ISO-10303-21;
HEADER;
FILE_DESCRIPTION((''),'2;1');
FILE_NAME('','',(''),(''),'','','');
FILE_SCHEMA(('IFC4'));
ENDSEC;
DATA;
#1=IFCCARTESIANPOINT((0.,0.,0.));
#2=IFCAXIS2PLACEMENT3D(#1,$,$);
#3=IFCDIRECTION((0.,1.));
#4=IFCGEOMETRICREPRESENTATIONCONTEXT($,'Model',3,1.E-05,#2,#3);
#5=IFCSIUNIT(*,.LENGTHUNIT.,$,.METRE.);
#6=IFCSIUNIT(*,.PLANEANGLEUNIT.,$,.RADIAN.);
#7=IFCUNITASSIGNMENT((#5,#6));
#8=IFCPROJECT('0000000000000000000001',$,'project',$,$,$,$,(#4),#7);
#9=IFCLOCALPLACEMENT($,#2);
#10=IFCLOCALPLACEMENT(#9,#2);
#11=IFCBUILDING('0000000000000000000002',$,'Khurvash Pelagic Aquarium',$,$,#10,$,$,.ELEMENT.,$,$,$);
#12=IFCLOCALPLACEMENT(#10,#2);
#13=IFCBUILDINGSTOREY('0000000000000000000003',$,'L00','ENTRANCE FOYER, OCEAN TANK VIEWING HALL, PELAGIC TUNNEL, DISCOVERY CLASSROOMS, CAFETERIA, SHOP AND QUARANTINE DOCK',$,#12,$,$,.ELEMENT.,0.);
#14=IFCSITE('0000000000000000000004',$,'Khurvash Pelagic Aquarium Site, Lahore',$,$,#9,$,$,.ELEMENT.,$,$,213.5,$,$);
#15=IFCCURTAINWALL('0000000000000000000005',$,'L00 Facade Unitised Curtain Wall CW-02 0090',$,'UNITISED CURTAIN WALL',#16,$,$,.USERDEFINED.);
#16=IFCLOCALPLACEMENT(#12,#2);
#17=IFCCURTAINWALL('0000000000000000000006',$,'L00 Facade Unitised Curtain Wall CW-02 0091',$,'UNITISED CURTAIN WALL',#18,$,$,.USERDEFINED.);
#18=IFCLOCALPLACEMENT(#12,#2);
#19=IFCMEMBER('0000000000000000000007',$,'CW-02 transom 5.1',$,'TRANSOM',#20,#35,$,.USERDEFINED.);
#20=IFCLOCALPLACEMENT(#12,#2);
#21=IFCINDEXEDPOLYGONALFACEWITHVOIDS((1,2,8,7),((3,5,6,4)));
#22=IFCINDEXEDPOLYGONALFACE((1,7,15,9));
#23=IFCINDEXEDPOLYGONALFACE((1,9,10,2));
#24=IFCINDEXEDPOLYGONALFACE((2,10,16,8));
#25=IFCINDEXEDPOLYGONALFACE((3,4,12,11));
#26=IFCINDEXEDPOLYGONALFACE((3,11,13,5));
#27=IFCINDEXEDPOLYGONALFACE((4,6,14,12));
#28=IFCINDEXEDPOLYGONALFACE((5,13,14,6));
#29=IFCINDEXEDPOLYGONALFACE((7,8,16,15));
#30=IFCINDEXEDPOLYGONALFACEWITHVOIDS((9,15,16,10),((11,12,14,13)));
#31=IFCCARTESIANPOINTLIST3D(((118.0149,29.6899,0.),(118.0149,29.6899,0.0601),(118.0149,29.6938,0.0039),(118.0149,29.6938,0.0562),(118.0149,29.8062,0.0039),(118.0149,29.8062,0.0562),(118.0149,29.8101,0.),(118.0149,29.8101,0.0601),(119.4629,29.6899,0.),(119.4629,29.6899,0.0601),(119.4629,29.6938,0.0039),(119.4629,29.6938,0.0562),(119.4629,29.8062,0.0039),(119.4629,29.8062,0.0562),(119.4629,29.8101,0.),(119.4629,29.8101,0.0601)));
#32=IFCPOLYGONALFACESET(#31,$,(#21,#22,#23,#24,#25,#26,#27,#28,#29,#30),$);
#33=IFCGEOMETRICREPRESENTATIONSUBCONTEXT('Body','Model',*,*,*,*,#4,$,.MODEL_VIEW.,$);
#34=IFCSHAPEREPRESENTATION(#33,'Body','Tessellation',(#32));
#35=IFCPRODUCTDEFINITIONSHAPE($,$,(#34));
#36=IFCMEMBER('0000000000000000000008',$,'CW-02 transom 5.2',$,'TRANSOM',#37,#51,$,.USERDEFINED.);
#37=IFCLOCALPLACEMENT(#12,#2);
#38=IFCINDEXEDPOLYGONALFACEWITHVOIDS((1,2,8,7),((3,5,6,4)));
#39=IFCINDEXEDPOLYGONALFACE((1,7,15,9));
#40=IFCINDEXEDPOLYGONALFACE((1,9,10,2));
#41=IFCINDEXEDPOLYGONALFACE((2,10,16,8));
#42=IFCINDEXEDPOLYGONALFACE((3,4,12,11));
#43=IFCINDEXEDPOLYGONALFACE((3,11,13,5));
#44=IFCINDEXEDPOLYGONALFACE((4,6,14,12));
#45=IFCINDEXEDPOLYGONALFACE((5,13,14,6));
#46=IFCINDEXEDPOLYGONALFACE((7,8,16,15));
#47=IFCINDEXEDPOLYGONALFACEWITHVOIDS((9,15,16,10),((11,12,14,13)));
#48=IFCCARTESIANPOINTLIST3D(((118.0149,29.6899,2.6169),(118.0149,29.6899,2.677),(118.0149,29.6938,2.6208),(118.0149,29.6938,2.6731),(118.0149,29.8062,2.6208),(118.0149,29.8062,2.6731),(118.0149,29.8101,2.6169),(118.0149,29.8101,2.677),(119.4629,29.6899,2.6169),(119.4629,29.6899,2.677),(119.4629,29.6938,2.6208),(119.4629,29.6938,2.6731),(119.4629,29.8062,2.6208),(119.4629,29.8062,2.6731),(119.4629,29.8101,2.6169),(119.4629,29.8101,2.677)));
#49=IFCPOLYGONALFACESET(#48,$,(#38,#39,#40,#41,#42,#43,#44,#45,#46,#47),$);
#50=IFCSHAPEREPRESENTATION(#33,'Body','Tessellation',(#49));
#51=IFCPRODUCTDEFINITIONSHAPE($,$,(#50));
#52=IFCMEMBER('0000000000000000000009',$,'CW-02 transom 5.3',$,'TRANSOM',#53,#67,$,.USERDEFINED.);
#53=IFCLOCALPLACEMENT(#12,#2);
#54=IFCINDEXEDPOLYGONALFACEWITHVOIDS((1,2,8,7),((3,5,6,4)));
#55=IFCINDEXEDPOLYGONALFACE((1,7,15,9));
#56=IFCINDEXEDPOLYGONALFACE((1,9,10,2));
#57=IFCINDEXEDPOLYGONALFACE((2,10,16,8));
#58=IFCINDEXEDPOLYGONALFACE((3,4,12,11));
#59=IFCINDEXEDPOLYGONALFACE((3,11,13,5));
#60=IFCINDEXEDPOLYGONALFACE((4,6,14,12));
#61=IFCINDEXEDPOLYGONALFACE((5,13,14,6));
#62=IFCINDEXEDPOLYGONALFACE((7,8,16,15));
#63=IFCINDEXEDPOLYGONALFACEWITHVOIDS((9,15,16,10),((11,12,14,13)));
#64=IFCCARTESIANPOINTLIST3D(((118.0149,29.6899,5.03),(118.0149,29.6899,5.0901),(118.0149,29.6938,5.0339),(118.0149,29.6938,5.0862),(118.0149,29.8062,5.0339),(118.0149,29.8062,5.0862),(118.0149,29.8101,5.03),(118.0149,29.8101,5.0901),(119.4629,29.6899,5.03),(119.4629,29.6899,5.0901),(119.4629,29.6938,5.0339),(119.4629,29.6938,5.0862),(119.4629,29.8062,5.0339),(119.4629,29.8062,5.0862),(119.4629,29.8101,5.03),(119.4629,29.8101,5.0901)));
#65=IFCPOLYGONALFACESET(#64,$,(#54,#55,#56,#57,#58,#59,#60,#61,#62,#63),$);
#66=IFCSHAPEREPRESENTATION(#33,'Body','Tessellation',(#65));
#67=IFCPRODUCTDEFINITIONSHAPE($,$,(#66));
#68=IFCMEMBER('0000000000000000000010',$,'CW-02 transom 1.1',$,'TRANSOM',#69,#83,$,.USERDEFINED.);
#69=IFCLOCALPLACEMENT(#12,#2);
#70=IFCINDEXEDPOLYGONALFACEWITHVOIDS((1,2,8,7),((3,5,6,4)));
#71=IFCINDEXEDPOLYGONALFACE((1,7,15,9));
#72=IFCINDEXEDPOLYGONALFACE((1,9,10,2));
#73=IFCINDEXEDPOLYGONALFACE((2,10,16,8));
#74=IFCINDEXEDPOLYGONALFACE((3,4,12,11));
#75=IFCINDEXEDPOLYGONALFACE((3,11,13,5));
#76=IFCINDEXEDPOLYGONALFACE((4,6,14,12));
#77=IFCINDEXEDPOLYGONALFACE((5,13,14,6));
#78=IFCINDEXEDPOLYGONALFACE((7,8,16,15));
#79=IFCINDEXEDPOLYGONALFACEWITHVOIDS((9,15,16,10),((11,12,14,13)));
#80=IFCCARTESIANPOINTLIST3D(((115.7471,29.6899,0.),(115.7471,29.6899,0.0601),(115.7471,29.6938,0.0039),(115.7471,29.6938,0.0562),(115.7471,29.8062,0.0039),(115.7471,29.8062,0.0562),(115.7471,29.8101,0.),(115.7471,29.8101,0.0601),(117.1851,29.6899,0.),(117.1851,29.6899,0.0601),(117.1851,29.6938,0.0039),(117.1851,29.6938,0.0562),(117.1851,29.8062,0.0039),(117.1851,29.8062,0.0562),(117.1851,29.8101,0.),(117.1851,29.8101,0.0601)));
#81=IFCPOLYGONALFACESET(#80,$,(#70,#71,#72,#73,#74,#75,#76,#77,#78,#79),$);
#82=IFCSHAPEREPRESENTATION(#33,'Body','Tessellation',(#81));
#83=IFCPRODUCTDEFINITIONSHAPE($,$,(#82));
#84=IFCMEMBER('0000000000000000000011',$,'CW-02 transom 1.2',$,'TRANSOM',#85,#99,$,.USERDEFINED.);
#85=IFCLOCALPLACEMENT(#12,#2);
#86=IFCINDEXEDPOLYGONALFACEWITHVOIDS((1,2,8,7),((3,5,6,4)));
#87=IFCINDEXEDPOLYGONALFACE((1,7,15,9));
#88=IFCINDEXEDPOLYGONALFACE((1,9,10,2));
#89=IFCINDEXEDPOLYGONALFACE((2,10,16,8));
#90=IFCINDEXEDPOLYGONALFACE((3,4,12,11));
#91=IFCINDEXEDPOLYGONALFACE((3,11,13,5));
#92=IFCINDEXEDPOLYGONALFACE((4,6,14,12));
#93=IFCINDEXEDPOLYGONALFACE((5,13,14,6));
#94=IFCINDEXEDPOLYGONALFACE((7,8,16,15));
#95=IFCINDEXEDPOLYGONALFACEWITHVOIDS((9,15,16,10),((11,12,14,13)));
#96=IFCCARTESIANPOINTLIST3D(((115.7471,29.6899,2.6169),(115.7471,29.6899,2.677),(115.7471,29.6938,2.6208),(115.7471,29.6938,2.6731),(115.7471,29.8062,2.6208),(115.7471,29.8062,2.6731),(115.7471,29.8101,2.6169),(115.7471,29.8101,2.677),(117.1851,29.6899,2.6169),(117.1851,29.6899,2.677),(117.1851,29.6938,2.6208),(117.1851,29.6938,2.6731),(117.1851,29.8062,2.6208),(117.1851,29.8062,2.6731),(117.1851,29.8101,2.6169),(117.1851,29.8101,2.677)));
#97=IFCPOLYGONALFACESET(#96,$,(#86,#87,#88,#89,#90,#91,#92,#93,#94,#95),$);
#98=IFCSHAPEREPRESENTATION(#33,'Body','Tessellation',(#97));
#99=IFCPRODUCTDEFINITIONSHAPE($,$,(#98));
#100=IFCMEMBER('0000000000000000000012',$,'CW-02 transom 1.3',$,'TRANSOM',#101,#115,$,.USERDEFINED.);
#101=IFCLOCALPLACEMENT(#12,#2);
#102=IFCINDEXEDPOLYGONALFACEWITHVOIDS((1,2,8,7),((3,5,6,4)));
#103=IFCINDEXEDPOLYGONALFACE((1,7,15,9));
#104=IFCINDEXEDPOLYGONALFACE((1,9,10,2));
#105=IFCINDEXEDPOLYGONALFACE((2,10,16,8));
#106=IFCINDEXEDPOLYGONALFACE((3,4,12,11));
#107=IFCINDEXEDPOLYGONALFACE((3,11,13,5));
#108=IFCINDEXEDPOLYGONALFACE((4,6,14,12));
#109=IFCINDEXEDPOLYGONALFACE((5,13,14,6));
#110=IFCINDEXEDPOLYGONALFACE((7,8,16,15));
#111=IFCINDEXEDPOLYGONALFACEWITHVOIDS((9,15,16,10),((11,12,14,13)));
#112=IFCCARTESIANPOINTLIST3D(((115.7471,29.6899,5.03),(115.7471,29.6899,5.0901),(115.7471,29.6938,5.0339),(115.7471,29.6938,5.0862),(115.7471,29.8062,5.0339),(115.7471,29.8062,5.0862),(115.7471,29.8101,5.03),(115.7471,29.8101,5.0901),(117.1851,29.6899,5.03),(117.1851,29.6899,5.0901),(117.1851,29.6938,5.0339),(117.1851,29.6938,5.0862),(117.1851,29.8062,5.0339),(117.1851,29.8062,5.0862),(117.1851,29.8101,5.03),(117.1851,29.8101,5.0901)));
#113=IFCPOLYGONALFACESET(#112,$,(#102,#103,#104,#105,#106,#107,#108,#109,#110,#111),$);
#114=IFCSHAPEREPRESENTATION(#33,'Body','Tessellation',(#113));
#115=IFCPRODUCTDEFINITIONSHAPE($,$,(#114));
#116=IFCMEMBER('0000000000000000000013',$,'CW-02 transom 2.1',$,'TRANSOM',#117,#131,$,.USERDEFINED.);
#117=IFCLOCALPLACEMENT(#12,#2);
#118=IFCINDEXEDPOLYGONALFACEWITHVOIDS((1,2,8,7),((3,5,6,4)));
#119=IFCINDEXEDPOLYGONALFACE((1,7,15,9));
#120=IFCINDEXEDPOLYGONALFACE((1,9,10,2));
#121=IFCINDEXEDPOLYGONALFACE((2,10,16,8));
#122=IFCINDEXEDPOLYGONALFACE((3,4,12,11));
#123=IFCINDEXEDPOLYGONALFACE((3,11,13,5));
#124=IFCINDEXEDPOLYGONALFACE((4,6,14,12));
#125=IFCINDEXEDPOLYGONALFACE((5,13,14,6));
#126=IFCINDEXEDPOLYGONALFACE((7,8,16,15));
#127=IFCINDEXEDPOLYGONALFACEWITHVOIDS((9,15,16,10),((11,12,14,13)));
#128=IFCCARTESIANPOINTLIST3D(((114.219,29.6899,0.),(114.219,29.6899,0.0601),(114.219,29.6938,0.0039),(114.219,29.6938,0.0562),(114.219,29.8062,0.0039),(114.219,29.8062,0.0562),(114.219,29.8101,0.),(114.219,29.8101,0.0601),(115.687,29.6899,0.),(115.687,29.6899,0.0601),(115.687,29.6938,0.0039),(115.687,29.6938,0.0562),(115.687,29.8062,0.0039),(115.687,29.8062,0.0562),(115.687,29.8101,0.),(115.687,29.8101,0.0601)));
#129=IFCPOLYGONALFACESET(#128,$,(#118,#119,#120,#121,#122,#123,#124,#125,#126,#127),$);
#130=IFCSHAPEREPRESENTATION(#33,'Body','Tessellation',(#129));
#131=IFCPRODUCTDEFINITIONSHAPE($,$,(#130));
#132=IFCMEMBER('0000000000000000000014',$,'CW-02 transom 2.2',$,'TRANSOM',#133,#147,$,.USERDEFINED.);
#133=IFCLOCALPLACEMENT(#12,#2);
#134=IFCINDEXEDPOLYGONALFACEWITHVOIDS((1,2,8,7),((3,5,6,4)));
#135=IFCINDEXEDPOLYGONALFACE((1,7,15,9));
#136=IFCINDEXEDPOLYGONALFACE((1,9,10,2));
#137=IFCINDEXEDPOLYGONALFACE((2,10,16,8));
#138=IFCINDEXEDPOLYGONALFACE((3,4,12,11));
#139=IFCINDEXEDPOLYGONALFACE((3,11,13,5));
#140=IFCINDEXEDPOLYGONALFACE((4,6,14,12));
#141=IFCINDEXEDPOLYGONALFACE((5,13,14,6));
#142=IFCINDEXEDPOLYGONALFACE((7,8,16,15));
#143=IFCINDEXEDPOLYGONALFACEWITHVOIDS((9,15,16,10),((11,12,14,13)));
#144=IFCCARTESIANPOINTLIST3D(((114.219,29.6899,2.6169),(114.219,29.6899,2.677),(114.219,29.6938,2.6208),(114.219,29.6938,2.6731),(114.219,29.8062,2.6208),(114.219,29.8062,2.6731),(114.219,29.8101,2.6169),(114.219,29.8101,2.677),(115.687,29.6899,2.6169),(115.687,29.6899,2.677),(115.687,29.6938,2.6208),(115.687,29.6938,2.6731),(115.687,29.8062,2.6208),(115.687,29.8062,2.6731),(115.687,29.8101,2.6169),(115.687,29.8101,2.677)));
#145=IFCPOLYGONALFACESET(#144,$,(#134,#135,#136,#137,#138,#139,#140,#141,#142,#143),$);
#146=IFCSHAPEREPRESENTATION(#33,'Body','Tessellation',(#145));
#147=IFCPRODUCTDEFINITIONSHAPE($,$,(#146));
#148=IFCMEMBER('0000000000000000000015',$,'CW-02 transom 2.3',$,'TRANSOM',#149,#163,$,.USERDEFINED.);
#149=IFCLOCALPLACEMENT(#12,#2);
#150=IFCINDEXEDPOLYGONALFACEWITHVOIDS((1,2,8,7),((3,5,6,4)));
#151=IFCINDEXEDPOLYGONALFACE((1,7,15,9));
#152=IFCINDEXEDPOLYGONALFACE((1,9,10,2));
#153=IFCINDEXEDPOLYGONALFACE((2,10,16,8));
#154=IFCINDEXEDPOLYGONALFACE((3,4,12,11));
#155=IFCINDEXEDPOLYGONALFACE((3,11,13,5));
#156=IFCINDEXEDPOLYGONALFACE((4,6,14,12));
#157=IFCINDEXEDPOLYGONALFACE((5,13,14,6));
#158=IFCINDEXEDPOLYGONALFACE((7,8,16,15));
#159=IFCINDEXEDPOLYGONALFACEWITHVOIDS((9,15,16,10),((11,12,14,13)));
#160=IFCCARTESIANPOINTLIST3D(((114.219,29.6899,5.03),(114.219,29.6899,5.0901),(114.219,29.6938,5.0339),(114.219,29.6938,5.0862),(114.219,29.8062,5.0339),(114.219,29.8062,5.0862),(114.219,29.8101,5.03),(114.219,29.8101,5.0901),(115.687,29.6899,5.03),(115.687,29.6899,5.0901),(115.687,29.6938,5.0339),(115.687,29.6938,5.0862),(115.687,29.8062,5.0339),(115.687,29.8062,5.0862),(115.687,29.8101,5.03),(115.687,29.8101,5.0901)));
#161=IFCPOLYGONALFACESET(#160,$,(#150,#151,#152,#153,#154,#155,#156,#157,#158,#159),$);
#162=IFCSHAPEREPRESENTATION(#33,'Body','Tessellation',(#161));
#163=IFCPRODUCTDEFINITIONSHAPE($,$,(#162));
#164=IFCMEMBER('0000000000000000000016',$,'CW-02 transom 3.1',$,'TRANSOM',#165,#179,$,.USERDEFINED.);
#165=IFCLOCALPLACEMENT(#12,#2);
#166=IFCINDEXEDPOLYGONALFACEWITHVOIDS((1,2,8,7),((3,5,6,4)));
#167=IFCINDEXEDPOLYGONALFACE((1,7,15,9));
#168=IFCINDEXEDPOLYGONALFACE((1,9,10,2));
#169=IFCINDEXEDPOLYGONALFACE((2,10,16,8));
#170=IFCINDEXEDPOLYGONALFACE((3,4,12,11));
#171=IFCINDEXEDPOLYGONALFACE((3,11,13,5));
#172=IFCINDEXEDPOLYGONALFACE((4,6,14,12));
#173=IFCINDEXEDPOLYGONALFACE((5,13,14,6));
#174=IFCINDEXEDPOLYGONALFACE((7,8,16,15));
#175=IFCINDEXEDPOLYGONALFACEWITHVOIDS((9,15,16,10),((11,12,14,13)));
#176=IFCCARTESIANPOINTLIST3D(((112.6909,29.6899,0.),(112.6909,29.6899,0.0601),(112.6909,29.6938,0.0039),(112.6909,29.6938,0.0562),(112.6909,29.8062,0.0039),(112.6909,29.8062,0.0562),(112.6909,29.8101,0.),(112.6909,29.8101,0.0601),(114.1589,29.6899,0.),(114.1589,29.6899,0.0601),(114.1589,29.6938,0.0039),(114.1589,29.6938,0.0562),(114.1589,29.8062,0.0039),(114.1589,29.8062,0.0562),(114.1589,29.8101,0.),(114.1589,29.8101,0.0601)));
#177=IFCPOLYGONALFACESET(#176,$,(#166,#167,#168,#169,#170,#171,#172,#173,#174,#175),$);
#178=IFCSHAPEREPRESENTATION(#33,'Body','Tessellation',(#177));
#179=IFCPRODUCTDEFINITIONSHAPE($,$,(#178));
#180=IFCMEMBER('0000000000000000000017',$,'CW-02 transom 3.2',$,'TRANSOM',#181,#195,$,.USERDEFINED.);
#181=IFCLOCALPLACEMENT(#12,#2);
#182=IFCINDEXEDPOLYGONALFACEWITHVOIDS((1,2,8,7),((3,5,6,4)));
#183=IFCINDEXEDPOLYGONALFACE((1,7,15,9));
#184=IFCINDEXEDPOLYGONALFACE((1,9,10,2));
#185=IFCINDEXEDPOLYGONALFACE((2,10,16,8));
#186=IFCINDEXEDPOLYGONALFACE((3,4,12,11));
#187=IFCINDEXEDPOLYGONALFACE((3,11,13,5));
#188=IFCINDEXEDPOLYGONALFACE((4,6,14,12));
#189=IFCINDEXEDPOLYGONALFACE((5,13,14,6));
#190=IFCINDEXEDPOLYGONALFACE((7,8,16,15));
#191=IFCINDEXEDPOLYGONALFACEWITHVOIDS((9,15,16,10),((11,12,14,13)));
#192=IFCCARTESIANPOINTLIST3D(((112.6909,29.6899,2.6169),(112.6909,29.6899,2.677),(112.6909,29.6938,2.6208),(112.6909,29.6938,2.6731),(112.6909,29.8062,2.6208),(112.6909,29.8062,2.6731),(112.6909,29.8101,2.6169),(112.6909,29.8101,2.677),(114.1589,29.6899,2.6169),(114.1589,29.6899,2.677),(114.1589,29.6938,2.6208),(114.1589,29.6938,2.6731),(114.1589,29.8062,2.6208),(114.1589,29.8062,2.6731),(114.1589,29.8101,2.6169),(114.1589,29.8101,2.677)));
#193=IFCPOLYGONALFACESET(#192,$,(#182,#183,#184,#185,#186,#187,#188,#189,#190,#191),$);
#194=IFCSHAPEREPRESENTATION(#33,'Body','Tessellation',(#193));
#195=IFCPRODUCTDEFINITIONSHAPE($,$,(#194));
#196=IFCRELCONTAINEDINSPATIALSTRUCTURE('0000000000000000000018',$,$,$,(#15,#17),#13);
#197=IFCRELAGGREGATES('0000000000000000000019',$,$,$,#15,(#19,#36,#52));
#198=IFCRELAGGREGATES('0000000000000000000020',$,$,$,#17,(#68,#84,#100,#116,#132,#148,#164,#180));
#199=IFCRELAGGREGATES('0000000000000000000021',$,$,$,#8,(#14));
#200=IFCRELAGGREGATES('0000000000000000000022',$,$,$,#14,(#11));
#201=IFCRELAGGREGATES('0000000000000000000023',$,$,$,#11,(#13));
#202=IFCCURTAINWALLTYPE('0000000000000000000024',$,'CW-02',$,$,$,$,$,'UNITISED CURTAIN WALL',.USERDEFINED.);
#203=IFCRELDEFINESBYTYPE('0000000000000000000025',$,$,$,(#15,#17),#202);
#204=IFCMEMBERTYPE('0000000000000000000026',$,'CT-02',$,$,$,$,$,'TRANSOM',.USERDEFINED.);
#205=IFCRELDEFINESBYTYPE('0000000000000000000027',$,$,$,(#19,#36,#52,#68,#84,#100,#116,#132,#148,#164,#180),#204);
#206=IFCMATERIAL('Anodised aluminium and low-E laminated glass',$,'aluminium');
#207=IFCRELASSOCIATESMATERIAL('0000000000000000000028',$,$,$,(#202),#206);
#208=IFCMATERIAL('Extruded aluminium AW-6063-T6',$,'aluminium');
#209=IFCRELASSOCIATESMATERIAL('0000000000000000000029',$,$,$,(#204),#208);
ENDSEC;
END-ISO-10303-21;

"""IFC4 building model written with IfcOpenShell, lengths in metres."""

from ifc_helpers import new_model, si_unit, direction, frame, origin, origin_2d, place, context, subcontext, project, spatial, hollow_rectangle, extrude, material, material_profile, profile_set, type_object, element, aggregate, save


model = new_model("IFC4")

# Units and contexts
model_context = context("Model", 3, precision=1e-05, world=origin(), true_north=direction((0.0, 1.0)))
body_context = subcontext(model_context, "Body", "Model", "MODEL_VIEW")
ifc_project = project(units=[si_unit("LENGTHUNIT", "METRE"), si_unit("PLANEANGLEUNIT", "RADIAN")], contexts=[model_context])

# Site, building, storey
site_placement = place(None, origin())
site = spatial("IfcSite", under=ifc_project, at=site_placement, Name="Khurvash Pelagic Aquarium Site, Lahore", CompositionType="ELEMENT", RefElevation=213.5)
building_placement = place(site_placement, origin())
building = spatial("IfcBuilding", under=site, at=building_placement, Name="Khurvash Pelagic Aquarium", CompositionType="ELEMENT")
storey_placement = place(building_placement, origin())
storey = spatial("IfcBuildingStorey", under=building, at=storey_placement, Name="L00", Description="ENTRANCE FOYER, OCEAN TANK VIEWING HALL, PELAGIC TUNNEL, DISCOVERY CLASSROOMS, CAFETERIA, SHOP AND QUARANTINE DOCK", CompositionType="ELEMENT", Elevation=0.0)

# Curtain walls
ifc_material_1 = material(Name="Anodised aluminium and low-E laminated glass", Category="aluminium")
curtain_wall_type_1 = type_object("IfcCurtainWallType", Name="CW-02", ElementType="UNITISED CURTAIN WALL", PredefinedType="USERDEFINED", material=ifc_material_1)
curtain_wall_1_placement = place(storey_placement, origin())
curtain_wall_1 = element("IfcCurtainWall", 1, at=curtain_wall_1_placement, inside=storey, type_object=curtain_wall_type_1, Name="L00 Facade Unitised Curtain Wall CW-02 0090", ObjectType="UNITISED CURTAIN WALL", PredefinedType="USERDEFINED")
ifc_material_2 = material(Name="Extruded aluminium AW-6063-T6", Category="aluminium")
curtain_wall_2_placement = place(storey_placement, origin())
curtain_wall_2 = element("IfcCurtainWall", 2, at=curtain_wall_2_placement, inside=storey, type_object=curtain_wall_type_1, Name="L00 Facade Unitised Curtain Wall CW-02 0091", ObjectType="UNITISED CURTAIN WALL", PredefinedType="USERDEFINED")

# Members
ifc_material_profile_1 = material_profile(ifc_material_2, hollow_rectangle(XDim=0.1201, YDim=0.0601, WallThickness=0.0039, at=origin_2d()), Name="CWT120X60X4")
ifc_profile_set_1 = profile_set([ifc_material_profile_1], Name="Extruded aluminium AW-6063-T6")
member_type_1 = type_object("IfcMemberType", Name="CT-02", ElementType="TRANSOM", PredefinedType="USERDEFINED", material=ifc_profile_set_1)
member_1_placement = place(storey_placement, frame((119.4629, 29.75, 0.03), z_axis=(-1.0, 0.0, 0.0), x_axis=(0.0, -1.0, 0.0)))
member_1 = element("IfcMember", 3, at=member_1_placement, type_object=member_type_1, Name="CW-02 transom 5.1", ObjectType="TRANSOM", PredefinedType="USERDEFINED", context=body_context, shape_type="SweptSolid", body=[
    extrude(hollow_rectangle(XDim=0.1201, YDim=0.0601, WallThickness=0.0039, at=origin_2d()), origin(), (0.0, 0.0, 1.0), 1.448),
])
member_2_placement = place(storey_placement, frame((119.4629, 29.75, 2.647), z_axis=(-1.0, 0.0, 0.0), x_axis=(0.0, -1.0, 0.0)))
member_2 = element("IfcMember", 4, at=member_2_placement, type_object=member_type_1, Name="CW-02 transom 5.2", ObjectType="TRANSOM", PredefinedType="USERDEFINED", context=body_context, shape_type="SweptSolid", body=[
    extrude(hollow_rectangle(XDim=0.1201, YDim=0.0601, WallThickness=0.0039, at=origin_2d()), origin(), (0.0, 0.0, 1.0), 1.448),
])
member_3_placement = place(storey_placement, frame((119.4629, 29.75, 5.0601), z_axis=(-1.0, 0.0, 0.0), x_axis=(0.0, -1.0, 0.0)))
member_3 = element("IfcMember", 5, at=member_3_placement, type_object=member_type_1, Name="CW-02 transom 5.3", ObjectType="TRANSOM", PredefinedType="USERDEFINED", context=body_context, shape_type="SweptSolid", body=[
    extrude(hollow_rectangle(XDim=0.1201, YDim=0.0601, WallThickness=0.0039, at=origin_2d()), origin(), (0.0, 0.0, 1.0), 1.448),
])
member_4_placement = place(storey_placement, frame((117.1851, 29.75, 0.03), z_axis=(-1.0, 0.0, 0.0), x_axis=(0.0, -1.0, 0.0)))
member_4 = element("IfcMember", 6, at=member_4_placement, type_object=member_type_1, Name="CW-02 transom 1.1", ObjectType="TRANSOM", PredefinedType="USERDEFINED", context=body_context, shape_type="SweptSolid", body=[
    extrude(hollow_rectangle(XDim=0.1201, YDim=0.0601, WallThickness=0.0039, at=origin_2d()), origin(), (0.0, 0.0, 1.0), 1.438),
])
member_5_placement = place(storey_placement, frame((117.1851, 29.75, 2.647), z_axis=(-1.0, 0.0, 0.0), x_axis=(0.0, -1.0, 0.0)))
member_5 = element("IfcMember", 7, at=member_5_placement, type_object=member_type_1, Name="CW-02 transom 1.2", ObjectType="TRANSOM", PredefinedType="USERDEFINED", context=body_context, shape_type="SweptSolid", body=[
    extrude(hollow_rectangle(XDim=0.1201, YDim=0.0601, WallThickness=0.0039, at=origin_2d()), origin(), (0.0, 0.0, 1.0), 1.438),
])
member_6_placement = place(storey_placement, frame((117.1851, 29.75, 5.0601), z_axis=(-1.0, 0.0, 0.0), x_axis=(0.0, -1.0, 0.0)))
member_6 = element("IfcMember", 8, at=member_6_placement, type_object=member_type_1, Name="CW-02 transom 1.3", ObjectType="TRANSOM", PredefinedType="USERDEFINED", context=body_context, shape_type="SweptSolid", body=[
    extrude(hollow_rectangle(XDim=0.1201, YDim=0.0601, WallThickness=0.0039, at=origin_2d()), origin(), (0.0, 0.0, 1.0), 1.438),
])
member_7_placement = place(storey_placement, frame((115.687, 29.75, 0.03), z_axis=(-1.0, 0.0, 0.0), x_axis=(0.0, -1.0, 0.0)))
member_7 = element("IfcMember", 9, at=member_7_placement, type_object=member_type_1, Name="CW-02 transom 2.1", ObjectType="TRANSOM", PredefinedType="USERDEFINED", context=body_context, shape_type="SweptSolid", body=[
    extrude(hollow_rectangle(XDim=0.1201, YDim=0.0601, WallThickness=0.0039, at=origin_2d()), origin(), (0.0, 0.0, 1.0), 1.468),
])
member_8_placement = place(storey_placement, frame((115.687, 29.75, 2.647), z_axis=(-1.0, 0.0, 0.0), x_axis=(0.0, -1.0, 0.0)))
member_8 = element("IfcMember", 10, at=member_8_placement, type_object=member_type_1, Name="CW-02 transom 2.2", ObjectType="TRANSOM", PredefinedType="USERDEFINED", context=body_context, shape_type="SweptSolid", body=[
    extrude(hollow_rectangle(XDim=0.1201, YDim=0.0601, WallThickness=0.0039, at=origin_2d()), origin(), (0.0, 0.0, 1.0), 1.468),
])
member_9_placement = place(storey_placement, frame((115.687, 29.75, 5.0601), z_axis=(-1.0, 0.0, 0.0), x_axis=(0.0, -1.0, 0.0)))
member_9 = element("IfcMember", 11, at=member_9_placement, type_object=member_type_1, Name="CW-02 transom 2.3", ObjectType="TRANSOM", PredefinedType="USERDEFINED", context=body_context, shape_type="SweptSolid", body=[
    extrude(hollow_rectangle(XDim=0.1201, YDim=0.0601, WallThickness=0.0039, at=origin_2d()), origin(), (0.0, 0.0, 1.0), 1.468),
])
member_10_placement = place(storey_placement, frame((114.1589, 29.75, 0.03), z_axis=(-1.0, 0.0, 0.0), x_axis=(0.0, -1.0, 0.0)))
member_10 = element("IfcMember", 12, at=member_10_placement, type_object=member_type_1, Name="CW-02 transom 3.1", ObjectType="TRANSOM", PredefinedType="USERDEFINED", context=body_context, shape_type="SweptSolid", body=[
    extrude(hollow_rectangle(XDim=0.1201, YDim=0.0601, WallThickness=0.0039, at=origin_2d()), origin(), (0.0, 0.0, 1.0), 1.468),
])
member_11_placement = place(storey_placement, frame((114.1589, 29.75, 2.647), z_axis=(-1.0, 0.0, 0.0), x_axis=(0.0, -1.0, 0.0)))
member_11 = element("IfcMember", 13, at=member_11_placement, type_object=member_type_1, Name="CW-02 transom 3.2", ObjectType="TRANSOM", PredefinedType="USERDEFINED", context=body_context, shape_type="SweptSolid", body=[
    extrude(hollow_rectangle(XDim=0.1201, YDim=0.0601, WallThickness=0.0039, at=origin_2d()), origin(), (0.0, 0.0, 1.0), 1.468),
])

aggregate(curtain_wall_1, [member_1, member_2, member_3])
aggregate(curtain_wall_2, [member_4, member_5, member_6, member_7, member_8, member_9, member_10, member_11])

save(model, "model.ifc")
